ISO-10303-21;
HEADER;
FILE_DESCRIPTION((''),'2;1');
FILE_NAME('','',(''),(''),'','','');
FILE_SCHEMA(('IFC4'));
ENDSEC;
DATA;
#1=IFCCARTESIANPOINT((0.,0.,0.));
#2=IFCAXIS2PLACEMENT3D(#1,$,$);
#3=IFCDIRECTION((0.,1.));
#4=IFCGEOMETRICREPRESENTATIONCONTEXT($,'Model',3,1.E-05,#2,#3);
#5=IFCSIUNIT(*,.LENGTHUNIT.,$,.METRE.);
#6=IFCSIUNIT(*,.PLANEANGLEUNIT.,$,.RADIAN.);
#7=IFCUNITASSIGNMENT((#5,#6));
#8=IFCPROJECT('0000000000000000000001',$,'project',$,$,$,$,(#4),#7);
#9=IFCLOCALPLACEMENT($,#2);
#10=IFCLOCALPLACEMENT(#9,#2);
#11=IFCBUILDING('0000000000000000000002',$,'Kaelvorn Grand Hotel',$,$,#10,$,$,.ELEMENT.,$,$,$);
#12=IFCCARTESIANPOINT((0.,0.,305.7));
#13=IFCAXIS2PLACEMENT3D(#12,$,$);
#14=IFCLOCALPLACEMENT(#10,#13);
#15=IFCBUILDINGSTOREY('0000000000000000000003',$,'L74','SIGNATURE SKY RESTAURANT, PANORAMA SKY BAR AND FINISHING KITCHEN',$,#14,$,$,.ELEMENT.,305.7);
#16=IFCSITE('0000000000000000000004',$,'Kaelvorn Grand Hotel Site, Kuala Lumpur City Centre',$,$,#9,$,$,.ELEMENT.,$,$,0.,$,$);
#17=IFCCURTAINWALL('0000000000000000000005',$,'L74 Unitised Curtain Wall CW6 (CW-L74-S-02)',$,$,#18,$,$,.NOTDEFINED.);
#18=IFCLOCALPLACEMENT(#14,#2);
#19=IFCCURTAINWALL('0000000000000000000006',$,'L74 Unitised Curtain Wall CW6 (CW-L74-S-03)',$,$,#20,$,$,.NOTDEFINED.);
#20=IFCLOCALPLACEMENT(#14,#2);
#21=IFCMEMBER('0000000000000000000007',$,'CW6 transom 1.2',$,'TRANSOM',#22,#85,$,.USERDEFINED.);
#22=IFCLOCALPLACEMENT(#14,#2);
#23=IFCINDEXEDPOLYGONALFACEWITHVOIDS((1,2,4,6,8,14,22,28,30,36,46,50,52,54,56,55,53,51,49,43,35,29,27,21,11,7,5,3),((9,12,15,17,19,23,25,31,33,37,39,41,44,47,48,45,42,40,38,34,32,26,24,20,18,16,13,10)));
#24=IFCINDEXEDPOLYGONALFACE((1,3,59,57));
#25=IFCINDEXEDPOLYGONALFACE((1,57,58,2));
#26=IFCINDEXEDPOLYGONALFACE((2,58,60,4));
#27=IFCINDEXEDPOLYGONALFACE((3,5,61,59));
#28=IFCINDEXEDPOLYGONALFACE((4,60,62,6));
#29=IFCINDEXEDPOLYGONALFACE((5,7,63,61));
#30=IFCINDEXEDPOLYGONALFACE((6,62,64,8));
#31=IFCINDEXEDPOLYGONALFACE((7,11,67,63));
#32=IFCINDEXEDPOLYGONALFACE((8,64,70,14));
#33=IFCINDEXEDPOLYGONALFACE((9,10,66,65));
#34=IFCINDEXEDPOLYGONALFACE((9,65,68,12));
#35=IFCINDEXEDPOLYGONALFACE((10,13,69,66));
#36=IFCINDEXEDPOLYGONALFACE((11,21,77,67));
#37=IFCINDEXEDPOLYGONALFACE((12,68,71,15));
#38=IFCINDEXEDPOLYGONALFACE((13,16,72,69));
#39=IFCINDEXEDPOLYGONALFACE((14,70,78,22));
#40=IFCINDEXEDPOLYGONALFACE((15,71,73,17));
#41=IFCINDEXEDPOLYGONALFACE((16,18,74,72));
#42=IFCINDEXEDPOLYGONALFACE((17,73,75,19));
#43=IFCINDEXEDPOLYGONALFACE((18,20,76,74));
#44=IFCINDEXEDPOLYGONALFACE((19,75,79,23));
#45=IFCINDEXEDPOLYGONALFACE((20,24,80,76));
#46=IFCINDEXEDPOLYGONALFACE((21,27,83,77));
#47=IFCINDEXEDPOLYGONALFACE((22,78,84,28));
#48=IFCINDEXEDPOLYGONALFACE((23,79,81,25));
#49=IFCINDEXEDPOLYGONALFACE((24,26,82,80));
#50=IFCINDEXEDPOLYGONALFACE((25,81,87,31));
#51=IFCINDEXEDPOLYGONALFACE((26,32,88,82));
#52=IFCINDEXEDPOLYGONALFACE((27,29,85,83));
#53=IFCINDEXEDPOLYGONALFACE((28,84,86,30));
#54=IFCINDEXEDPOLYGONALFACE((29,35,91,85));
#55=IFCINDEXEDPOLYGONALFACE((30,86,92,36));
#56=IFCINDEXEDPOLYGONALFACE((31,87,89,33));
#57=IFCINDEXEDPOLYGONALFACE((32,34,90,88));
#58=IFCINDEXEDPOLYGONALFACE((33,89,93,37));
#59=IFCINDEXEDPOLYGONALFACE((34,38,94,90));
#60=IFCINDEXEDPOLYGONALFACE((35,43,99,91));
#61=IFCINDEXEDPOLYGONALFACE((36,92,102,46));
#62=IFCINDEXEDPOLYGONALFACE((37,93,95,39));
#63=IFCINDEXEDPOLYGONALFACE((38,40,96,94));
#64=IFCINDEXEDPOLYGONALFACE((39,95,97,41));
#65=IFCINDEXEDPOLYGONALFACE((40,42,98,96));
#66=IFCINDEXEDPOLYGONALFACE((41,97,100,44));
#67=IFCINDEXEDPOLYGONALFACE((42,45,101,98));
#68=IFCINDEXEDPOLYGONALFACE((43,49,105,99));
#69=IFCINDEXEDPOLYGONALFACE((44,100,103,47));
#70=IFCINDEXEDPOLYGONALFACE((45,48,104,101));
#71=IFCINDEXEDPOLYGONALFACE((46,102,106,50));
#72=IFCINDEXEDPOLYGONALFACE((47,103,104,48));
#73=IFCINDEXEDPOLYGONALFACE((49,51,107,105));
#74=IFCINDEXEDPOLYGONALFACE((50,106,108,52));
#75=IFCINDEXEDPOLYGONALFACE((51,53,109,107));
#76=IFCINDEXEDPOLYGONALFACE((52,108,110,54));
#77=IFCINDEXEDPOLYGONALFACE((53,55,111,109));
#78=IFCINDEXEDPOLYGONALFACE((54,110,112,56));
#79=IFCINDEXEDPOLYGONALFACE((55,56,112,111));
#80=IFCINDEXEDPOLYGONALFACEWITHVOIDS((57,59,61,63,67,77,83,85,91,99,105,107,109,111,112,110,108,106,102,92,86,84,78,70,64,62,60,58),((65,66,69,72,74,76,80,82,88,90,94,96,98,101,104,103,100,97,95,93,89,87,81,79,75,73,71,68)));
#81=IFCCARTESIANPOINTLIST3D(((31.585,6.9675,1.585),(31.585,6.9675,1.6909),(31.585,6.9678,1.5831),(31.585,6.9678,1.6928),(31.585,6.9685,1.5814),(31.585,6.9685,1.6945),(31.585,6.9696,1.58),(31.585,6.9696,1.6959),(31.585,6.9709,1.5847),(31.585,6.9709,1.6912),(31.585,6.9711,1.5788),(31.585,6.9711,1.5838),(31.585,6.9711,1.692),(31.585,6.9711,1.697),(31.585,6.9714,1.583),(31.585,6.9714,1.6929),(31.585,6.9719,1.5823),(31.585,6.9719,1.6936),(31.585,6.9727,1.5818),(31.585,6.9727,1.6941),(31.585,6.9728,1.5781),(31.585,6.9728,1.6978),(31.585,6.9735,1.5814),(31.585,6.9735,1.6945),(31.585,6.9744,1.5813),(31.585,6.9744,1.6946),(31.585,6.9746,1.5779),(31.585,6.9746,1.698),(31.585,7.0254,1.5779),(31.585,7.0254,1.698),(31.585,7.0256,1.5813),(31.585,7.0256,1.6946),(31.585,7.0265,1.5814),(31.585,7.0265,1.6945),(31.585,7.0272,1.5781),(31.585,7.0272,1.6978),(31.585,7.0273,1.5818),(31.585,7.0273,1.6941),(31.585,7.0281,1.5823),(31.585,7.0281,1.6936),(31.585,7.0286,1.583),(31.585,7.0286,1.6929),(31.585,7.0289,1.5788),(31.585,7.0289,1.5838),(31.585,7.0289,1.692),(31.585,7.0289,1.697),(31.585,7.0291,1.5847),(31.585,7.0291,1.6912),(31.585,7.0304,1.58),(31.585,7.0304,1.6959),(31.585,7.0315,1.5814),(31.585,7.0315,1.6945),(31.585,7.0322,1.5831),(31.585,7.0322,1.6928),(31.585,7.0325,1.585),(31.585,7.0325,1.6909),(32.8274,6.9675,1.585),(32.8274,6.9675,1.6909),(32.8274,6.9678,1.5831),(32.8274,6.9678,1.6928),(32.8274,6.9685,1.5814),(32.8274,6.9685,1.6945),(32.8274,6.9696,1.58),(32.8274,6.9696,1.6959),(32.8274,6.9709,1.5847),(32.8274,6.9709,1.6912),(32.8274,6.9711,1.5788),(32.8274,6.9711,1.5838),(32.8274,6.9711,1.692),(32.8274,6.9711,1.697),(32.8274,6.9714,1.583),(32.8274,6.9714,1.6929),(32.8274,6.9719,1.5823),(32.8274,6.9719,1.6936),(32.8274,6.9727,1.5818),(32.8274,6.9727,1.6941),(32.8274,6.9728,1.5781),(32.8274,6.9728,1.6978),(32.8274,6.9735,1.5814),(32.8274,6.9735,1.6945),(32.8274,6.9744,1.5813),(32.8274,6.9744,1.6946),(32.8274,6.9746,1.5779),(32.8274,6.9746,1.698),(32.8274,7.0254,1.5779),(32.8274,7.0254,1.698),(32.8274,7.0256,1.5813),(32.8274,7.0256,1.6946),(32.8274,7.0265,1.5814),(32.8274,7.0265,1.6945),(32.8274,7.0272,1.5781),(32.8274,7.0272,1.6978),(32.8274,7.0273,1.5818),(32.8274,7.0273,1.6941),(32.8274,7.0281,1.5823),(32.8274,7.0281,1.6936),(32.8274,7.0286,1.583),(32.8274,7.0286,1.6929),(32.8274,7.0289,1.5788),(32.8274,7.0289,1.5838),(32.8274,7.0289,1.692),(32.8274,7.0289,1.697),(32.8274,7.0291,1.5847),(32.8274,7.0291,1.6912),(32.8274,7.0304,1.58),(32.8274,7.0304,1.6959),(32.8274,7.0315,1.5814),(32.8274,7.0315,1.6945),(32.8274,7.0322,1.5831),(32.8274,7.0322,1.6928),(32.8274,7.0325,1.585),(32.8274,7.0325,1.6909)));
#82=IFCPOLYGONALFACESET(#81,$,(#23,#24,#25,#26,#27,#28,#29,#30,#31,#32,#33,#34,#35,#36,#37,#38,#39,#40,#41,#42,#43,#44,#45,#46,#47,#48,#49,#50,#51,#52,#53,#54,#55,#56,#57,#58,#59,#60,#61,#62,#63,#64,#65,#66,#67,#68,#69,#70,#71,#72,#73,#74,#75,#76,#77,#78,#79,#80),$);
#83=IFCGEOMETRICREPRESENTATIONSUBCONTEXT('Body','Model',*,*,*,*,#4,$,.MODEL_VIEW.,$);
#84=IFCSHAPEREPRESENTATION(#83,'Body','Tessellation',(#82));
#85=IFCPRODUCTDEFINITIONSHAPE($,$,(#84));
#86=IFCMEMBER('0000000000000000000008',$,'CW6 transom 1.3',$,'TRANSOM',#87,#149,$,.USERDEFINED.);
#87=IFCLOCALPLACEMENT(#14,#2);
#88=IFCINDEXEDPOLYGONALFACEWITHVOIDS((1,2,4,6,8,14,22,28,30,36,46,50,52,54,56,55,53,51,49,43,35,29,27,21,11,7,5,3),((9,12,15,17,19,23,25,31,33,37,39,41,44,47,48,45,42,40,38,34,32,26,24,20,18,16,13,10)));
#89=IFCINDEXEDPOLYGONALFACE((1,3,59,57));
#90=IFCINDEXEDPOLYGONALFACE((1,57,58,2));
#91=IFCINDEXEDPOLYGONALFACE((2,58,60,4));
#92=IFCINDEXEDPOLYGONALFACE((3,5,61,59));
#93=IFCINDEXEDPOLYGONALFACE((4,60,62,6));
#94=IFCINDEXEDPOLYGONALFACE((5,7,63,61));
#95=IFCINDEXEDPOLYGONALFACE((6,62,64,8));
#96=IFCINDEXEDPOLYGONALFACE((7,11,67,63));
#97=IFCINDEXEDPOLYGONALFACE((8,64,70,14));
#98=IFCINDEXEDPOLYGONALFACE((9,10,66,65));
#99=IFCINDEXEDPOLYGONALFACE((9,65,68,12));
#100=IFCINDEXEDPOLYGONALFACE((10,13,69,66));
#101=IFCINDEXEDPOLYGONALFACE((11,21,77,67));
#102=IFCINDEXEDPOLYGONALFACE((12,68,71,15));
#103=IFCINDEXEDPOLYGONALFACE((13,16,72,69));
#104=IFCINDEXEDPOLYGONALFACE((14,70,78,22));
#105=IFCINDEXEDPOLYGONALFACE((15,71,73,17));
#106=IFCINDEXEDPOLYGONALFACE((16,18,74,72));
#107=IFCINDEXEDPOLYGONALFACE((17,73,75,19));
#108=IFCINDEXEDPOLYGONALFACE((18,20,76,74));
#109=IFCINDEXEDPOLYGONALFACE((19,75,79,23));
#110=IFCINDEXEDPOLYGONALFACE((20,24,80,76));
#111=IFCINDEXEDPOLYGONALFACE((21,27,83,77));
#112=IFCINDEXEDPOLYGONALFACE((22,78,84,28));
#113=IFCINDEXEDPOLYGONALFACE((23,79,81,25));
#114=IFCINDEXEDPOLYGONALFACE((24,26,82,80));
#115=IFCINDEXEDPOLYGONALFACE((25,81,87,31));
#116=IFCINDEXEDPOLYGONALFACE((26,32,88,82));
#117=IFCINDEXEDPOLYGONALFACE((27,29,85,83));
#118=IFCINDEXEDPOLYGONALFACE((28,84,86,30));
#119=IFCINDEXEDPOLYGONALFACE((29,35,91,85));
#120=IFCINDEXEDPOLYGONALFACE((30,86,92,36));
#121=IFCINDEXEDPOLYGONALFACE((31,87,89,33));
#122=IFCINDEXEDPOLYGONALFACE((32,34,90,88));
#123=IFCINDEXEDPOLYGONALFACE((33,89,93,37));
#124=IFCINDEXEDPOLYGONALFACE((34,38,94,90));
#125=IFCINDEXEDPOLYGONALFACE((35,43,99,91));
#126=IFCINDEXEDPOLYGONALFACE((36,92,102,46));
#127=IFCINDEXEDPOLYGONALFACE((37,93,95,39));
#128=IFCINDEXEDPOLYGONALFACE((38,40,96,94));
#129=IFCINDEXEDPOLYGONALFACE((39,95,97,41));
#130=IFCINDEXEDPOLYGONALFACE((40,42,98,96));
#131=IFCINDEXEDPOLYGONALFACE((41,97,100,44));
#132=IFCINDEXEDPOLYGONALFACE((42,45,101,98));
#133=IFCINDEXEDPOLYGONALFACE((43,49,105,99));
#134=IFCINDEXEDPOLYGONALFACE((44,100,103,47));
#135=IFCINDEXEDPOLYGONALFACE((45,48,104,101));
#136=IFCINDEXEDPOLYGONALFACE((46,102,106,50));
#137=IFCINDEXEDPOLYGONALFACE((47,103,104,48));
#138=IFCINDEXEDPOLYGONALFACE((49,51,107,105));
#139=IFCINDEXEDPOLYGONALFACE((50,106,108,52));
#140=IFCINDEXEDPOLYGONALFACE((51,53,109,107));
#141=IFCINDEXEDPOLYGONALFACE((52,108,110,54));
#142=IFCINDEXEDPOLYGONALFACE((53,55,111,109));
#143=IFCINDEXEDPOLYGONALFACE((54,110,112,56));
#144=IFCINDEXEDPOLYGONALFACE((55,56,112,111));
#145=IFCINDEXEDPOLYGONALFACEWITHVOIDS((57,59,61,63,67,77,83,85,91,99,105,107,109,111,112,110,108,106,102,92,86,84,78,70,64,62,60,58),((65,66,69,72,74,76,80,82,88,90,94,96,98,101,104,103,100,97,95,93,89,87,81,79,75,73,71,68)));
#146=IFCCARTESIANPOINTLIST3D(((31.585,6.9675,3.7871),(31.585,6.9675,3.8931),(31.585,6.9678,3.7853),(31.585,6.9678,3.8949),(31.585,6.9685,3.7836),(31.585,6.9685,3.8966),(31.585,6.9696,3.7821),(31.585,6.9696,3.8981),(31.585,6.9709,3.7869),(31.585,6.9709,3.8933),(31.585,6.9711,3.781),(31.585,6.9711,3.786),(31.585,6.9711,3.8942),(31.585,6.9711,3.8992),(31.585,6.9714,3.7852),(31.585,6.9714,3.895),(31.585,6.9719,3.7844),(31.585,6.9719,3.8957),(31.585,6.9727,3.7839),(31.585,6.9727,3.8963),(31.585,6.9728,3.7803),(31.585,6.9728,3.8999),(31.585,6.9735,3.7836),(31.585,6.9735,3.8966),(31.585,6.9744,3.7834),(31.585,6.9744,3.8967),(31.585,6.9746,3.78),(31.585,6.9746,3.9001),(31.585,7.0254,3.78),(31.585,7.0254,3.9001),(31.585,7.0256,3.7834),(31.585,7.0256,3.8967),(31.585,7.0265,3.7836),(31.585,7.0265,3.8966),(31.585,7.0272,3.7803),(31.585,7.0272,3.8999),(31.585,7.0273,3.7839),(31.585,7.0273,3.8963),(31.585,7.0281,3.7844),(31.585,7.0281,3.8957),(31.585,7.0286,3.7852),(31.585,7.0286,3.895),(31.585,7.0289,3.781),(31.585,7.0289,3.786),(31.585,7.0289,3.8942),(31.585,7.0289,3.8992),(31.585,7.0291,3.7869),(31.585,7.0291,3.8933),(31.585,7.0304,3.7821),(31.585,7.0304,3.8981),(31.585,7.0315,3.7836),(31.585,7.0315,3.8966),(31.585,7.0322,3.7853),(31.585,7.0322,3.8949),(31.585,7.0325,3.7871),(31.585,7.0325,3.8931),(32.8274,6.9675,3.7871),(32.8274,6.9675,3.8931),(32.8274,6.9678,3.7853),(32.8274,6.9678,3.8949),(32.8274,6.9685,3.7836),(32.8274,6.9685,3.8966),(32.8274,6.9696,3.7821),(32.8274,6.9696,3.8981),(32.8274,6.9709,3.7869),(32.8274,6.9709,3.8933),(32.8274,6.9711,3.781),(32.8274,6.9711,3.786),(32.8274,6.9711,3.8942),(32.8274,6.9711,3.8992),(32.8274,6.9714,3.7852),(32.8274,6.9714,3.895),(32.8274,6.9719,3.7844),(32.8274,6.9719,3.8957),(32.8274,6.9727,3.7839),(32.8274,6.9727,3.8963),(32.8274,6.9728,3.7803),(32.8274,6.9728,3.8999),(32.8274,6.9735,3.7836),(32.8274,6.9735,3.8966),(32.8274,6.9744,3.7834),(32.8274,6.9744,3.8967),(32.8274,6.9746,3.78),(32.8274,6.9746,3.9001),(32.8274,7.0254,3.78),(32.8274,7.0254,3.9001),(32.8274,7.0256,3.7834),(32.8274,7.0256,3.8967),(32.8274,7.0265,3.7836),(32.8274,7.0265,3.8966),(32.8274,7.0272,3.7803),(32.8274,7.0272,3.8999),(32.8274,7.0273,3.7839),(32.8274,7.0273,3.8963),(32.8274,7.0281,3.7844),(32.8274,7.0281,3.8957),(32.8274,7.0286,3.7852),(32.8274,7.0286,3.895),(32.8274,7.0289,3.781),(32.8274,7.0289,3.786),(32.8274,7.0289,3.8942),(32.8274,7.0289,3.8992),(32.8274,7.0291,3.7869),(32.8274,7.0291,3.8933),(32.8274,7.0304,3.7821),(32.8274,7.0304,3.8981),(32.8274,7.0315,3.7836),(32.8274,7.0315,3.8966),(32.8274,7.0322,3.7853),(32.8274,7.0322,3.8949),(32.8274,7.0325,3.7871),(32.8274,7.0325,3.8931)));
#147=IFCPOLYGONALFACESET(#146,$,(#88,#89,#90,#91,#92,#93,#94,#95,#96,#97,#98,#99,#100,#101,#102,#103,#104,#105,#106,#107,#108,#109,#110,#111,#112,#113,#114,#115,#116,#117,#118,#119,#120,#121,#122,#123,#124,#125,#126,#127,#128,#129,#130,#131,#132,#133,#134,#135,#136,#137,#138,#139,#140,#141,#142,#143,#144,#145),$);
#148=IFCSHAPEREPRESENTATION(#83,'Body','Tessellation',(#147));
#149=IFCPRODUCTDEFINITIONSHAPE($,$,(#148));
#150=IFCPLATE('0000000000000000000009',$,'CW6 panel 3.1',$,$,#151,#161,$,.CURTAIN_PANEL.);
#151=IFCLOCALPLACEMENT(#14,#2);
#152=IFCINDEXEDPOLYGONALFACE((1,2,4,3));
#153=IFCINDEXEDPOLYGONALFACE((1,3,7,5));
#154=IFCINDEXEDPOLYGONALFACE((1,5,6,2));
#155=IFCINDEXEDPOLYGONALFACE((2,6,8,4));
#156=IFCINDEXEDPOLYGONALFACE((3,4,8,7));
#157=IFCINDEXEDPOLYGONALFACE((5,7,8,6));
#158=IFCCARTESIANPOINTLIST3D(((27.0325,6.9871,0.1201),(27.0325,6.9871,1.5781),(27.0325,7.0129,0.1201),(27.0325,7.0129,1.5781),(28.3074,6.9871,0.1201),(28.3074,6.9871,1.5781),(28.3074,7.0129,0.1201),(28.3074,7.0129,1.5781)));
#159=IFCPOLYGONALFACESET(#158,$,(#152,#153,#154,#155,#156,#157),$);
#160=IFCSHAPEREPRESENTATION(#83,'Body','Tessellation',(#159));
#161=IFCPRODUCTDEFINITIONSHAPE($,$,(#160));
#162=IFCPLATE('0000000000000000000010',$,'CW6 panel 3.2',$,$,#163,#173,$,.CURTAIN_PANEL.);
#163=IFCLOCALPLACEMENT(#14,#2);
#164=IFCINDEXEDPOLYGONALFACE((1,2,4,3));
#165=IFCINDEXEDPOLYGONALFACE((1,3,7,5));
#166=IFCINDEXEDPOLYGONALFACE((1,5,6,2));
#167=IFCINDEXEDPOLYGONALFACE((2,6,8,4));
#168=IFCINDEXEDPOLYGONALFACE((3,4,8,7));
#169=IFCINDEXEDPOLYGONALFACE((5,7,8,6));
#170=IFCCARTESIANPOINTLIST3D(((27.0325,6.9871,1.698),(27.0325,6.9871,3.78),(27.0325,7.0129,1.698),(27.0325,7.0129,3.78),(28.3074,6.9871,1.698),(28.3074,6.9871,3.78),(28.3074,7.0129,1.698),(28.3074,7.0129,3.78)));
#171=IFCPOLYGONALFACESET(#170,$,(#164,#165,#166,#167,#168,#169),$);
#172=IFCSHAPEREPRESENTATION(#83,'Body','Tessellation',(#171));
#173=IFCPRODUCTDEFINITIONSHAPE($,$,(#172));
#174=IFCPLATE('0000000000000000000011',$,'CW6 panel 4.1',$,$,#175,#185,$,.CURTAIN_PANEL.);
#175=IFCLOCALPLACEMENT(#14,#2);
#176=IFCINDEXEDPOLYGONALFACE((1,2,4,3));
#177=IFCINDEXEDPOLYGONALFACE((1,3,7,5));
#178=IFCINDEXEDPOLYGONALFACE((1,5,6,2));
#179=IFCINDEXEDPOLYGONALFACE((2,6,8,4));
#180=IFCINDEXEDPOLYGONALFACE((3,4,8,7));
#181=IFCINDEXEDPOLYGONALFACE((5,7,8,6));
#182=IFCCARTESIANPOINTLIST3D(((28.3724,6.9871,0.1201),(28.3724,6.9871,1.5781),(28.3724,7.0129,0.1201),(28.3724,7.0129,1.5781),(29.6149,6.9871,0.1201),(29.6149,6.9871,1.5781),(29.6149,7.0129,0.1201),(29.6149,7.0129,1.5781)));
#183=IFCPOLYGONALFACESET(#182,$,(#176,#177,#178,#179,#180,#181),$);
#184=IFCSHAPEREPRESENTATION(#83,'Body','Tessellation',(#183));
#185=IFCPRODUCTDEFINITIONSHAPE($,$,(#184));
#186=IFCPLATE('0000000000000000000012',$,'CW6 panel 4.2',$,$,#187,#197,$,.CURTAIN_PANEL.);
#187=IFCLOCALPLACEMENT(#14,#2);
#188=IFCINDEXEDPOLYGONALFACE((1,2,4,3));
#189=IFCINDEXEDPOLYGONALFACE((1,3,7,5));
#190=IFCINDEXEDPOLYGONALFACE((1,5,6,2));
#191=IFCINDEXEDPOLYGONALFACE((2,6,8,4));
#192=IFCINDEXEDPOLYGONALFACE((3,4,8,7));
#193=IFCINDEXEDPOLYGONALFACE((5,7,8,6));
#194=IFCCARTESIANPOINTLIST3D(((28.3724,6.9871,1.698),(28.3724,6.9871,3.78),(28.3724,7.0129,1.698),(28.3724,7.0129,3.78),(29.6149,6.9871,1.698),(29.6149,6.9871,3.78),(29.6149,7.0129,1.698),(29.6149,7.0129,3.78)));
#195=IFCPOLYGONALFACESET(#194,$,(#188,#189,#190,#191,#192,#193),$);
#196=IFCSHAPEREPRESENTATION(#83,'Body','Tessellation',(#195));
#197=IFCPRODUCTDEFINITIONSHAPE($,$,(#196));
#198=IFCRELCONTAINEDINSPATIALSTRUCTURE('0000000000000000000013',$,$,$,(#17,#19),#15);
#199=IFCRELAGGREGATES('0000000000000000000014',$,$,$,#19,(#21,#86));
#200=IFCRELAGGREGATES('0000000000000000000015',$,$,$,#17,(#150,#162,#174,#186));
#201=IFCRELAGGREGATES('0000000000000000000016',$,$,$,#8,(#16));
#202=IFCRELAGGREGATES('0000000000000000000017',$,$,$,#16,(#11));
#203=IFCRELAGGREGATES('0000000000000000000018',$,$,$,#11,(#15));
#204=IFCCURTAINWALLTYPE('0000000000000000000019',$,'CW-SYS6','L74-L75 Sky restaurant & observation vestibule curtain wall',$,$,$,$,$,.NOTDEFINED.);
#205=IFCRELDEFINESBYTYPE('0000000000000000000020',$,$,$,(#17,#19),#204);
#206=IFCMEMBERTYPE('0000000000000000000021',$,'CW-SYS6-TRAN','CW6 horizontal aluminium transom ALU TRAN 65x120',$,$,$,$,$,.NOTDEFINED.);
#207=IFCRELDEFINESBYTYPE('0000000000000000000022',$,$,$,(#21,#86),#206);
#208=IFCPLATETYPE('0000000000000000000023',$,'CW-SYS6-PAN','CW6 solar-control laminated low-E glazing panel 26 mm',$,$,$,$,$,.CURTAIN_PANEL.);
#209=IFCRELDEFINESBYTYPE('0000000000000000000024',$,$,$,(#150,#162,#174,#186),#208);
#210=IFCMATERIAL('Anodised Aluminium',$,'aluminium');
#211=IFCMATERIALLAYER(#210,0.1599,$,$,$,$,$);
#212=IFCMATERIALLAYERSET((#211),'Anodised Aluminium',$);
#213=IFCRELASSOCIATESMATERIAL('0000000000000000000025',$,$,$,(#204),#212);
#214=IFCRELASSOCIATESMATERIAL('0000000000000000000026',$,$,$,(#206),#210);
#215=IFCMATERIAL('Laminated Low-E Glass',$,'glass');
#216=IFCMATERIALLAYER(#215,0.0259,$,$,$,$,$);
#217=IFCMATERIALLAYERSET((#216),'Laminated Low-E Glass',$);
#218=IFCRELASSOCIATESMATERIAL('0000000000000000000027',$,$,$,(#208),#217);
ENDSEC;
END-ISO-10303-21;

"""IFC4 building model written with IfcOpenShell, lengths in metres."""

from ifc_helpers import new_model, si_unit, direction, frame, origin, origin_2d, place, context, subcontext, project, spatial, rectangle, hollow_rectangle, extrude, material, layer, layer_set, material_profile, profile_set, type_object, element, aggregate, save


model = new_model("IFC4")

# Units and contexts
model_context = context("Model", 3, precision=1e-05, world=origin(), true_north=direction((0.0, 1.0)))
body_context = subcontext(model_context, "Body", "Model", "MODEL_VIEW")
ifc_project = project(units=[si_unit("LENGTHUNIT", "METRE"), si_unit("PLANEANGLEUNIT", "RADIAN")], contexts=[model_context])

# Site, building, storey
site_placement = place(None, origin())
site = spatial("IfcSite", under=ifc_project, at=site_placement, Name="Kaelvorn Grand Hotel Site, Kuala Lumpur City Centre", CompositionType="ELEMENT", RefElevation=0.0)
building_placement = place(site_placement, origin())
building = spatial("IfcBuilding", under=site, at=building_placement, Name="Kaelvorn Grand Hotel", CompositionType="ELEMENT")
storey_placement = place(building_placement, frame((0.0, 0.0, 305.7)))
storey = spatial("IfcBuildingStorey", under=building, at=storey_placement, Name="L74", Description="SIGNATURE SKY RESTAURANT, PANORAMA SKY BAR AND FINISHING KITCHEN", CompositionType="ELEMENT", Elevation=305.7)

# Curtain wall
ifc_material_1 = material(Name="Anodised Aluminium", Category="aluminium")
ifc_layer_1 = layer(ifc_material_1, 0.1599)
ifc_layer_set_1 = layer_set([ifc_layer_1], Name="Anodised Aluminium")
curtain_wall_type = type_object("IfcCurtainWallType", Name="CW-SYS6", Description="L74-L75 Sky restaurant & observation vestibule curtain wall", PredefinedType="NOTDEFINED", material=ifc_layer_set_1)
curtain_wall_1_placement = place(storey_placement, origin())
curtain_wall_1 = element("IfcCurtainWall", 1, at=curtain_wall_1_placement, inside=storey, type_object=curtain_wall_type, Name="L74 Unitised Curtain Wall CW6 (CW-L74-S-02)", PredefinedType="NOTDEFINED")

# Curtain wall
curtain_wall_2_placement = place(storey_placement, origin())
curtain_wall_2 = element("IfcCurtainWall", 2, at=curtain_wall_2_placement, inside=storey, type_object=curtain_wall_type, Name="L74 Unitised Curtain Wall CW6 (CW-L74-S-03)", PredefinedType="NOTDEFINED")

# Members
ifc_material_profile_1 = material_profile(ifc_material_1, hollow_rectangle(XDim=0.0649, YDim=0.1201, WallThickness=0.0034, InnerFilletRadius=0.0034, OuterFilletRadius=0.0071, at=origin_2d()), Name="ALU TRAN 65x120")
ifc_profile_set_1 = profile_set([ifc_material_profile_1], Name="Anodised Aluminium")
member_type_1 = type_object("IfcMemberType", Name="CW-SYS6-TRAN", Description="CW6 horizontal aluminium transom ALU TRAN 65x120", PredefinedType="NOTDEFINED", material=ifc_profile_set_1)
member_1_placement = place(storey_placement, frame((31.585, 7.0, 1.6379), z_axis=(1.0, 0.0, 0.0), x_axis=(0.0, 1.0, 0.0)))
member_1 = element("IfcMember", 3, at=member_1_placement, type_object=member_type_1, Name="CW6 transom 1.2", ObjectType="TRANSOM", PredefinedType="USERDEFINED", context=body_context, shape_type="SweptSolid", body=[
    extrude(hollow_rectangle(XDim=0.0649, YDim=0.1201, WallThickness=0.0034, InnerFilletRadius=0.0034, OuterFilletRadius=0.0071, at=origin_2d()), origin(), (0.0, 0.0, 1.0), 1.2424),
])
member_2_placement = place(storey_placement, frame((31.585, 7.0, 3.8401), z_axis=(1.0, 0.0, 0.0), x_axis=(0.0, 1.0, 0.0)))
member_2 = element("IfcMember", 4, at=member_2_placement, type_object=member_type_1, Name="CW6 transom 1.3", ObjectType="TRANSOM", PredefinedType="USERDEFINED", context=body_context, shape_type="SweptSolid", body=[
    extrude(hollow_rectangle(XDim=0.0649, YDim=0.1201, WallThickness=0.0034, InnerFilletRadius=0.0034, OuterFilletRadius=0.0071, at=origin_2d()), origin(), (0.0, 0.0, 1.0), 1.2424),
])
aggregate(curtain_wall_2, [member_1, member_2])

# Plates
ifc_material_2 = material(Name="Laminated Low-E Glass", Category="glass")
ifc_layer_2 = layer(ifc_material_2, 0.0259)
ifc_layer_set_2 = layer_set([ifc_layer_2], Name="Laminated Low-E Glass")
plate_type = type_object("IfcPlateType", Name="CW-SYS6-PAN", Description="CW6 solar-control laminated low-E glazing panel 26 mm", PredefinedType="CURTAIN_PANEL", material=ifc_layer_set_2)
plate_1_placement = place(storey_placement, frame((27.6699, 7.0, 0.1201), z_axis=(0.0, 0.0, 1.0), x_axis=(1.0, 0.0, 0.0)))
plate_1 = element("IfcPlate", 5, at=plate_1_placement, type_object=plate_type, Name="CW6 panel 3.1", PredefinedType="CURTAIN_PANEL", context=body_context, shape_type="SweptSolid", body=[
    extrude(rectangle(XDim=1.2749, YDim=0.0259, at=origin_2d()), origin(), (0.0, 0.0, 1.0), 1.458),
])
plate_2_placement = place(storey_placement, frame((27.6699, 7.0, 1.698), z_axis=(0.0, 0.0, 1.0), x_axis=(1.0, 0.0, 0.0)))
plate_2 = element("IfcPlate", 6, at=plate_2_placement, type_object=plate_type, Name="CW6 panel 3.2", PredefinedType="CURTAIN_PANEL", context=body_context, shape_type="SweptSolid", body=[
    extrude(rectangle(XDim=1.2749, YDim=0.0259, at=origin_2d()), origin(), (0.0, 0.0, 1.0), 2.082),
])
plate_3_placement = place(storey_placement, frame((28.9937, 7.0, 0.1201), z_axis=(0.0, 0.0, 1.0), x_axis=(1.0, 0.0, 0.0)))
plate_3 = element("IfcPlate", 7, at=plate_3_placement, type_object=plate_type, Name="CW6 panel 4.1", PredefinedType="CURTAIN_PANEL", context=body_context, shape_type="SweptSolid", body=[
    extrude(rectangle(XDim=1.2424, YDim=0.0259, at=origin_2d()), origin(), (0.0, 0.0, 1.0), 1.458),
])
plate_4_placement = place(storey_placement, frame((28.9937, 7.0, 1.698), z_axis=(0.0, 0.0, 1.0), x_axis=(1.0, 0.0, 0.0)))
plate_4 = element("IfcPlate", 8, at=plate_4_placement, type_object=plate_type, Name="CW6 panel 4.2", PredefinedType="CURTAIN_PANEL", context=body_context, shape_type="SweptSolid", body=[
    extrude(rectangle(XDim=1.2424, YDim=0.0259, at=origin_2d()), origin(), (0.0, 0.0, 1.0), 2.082),
])
aggregate(curtain_wall_1, [plate_1, plate_2, plate_3, plate_4])

save(model, "model.ifc")
